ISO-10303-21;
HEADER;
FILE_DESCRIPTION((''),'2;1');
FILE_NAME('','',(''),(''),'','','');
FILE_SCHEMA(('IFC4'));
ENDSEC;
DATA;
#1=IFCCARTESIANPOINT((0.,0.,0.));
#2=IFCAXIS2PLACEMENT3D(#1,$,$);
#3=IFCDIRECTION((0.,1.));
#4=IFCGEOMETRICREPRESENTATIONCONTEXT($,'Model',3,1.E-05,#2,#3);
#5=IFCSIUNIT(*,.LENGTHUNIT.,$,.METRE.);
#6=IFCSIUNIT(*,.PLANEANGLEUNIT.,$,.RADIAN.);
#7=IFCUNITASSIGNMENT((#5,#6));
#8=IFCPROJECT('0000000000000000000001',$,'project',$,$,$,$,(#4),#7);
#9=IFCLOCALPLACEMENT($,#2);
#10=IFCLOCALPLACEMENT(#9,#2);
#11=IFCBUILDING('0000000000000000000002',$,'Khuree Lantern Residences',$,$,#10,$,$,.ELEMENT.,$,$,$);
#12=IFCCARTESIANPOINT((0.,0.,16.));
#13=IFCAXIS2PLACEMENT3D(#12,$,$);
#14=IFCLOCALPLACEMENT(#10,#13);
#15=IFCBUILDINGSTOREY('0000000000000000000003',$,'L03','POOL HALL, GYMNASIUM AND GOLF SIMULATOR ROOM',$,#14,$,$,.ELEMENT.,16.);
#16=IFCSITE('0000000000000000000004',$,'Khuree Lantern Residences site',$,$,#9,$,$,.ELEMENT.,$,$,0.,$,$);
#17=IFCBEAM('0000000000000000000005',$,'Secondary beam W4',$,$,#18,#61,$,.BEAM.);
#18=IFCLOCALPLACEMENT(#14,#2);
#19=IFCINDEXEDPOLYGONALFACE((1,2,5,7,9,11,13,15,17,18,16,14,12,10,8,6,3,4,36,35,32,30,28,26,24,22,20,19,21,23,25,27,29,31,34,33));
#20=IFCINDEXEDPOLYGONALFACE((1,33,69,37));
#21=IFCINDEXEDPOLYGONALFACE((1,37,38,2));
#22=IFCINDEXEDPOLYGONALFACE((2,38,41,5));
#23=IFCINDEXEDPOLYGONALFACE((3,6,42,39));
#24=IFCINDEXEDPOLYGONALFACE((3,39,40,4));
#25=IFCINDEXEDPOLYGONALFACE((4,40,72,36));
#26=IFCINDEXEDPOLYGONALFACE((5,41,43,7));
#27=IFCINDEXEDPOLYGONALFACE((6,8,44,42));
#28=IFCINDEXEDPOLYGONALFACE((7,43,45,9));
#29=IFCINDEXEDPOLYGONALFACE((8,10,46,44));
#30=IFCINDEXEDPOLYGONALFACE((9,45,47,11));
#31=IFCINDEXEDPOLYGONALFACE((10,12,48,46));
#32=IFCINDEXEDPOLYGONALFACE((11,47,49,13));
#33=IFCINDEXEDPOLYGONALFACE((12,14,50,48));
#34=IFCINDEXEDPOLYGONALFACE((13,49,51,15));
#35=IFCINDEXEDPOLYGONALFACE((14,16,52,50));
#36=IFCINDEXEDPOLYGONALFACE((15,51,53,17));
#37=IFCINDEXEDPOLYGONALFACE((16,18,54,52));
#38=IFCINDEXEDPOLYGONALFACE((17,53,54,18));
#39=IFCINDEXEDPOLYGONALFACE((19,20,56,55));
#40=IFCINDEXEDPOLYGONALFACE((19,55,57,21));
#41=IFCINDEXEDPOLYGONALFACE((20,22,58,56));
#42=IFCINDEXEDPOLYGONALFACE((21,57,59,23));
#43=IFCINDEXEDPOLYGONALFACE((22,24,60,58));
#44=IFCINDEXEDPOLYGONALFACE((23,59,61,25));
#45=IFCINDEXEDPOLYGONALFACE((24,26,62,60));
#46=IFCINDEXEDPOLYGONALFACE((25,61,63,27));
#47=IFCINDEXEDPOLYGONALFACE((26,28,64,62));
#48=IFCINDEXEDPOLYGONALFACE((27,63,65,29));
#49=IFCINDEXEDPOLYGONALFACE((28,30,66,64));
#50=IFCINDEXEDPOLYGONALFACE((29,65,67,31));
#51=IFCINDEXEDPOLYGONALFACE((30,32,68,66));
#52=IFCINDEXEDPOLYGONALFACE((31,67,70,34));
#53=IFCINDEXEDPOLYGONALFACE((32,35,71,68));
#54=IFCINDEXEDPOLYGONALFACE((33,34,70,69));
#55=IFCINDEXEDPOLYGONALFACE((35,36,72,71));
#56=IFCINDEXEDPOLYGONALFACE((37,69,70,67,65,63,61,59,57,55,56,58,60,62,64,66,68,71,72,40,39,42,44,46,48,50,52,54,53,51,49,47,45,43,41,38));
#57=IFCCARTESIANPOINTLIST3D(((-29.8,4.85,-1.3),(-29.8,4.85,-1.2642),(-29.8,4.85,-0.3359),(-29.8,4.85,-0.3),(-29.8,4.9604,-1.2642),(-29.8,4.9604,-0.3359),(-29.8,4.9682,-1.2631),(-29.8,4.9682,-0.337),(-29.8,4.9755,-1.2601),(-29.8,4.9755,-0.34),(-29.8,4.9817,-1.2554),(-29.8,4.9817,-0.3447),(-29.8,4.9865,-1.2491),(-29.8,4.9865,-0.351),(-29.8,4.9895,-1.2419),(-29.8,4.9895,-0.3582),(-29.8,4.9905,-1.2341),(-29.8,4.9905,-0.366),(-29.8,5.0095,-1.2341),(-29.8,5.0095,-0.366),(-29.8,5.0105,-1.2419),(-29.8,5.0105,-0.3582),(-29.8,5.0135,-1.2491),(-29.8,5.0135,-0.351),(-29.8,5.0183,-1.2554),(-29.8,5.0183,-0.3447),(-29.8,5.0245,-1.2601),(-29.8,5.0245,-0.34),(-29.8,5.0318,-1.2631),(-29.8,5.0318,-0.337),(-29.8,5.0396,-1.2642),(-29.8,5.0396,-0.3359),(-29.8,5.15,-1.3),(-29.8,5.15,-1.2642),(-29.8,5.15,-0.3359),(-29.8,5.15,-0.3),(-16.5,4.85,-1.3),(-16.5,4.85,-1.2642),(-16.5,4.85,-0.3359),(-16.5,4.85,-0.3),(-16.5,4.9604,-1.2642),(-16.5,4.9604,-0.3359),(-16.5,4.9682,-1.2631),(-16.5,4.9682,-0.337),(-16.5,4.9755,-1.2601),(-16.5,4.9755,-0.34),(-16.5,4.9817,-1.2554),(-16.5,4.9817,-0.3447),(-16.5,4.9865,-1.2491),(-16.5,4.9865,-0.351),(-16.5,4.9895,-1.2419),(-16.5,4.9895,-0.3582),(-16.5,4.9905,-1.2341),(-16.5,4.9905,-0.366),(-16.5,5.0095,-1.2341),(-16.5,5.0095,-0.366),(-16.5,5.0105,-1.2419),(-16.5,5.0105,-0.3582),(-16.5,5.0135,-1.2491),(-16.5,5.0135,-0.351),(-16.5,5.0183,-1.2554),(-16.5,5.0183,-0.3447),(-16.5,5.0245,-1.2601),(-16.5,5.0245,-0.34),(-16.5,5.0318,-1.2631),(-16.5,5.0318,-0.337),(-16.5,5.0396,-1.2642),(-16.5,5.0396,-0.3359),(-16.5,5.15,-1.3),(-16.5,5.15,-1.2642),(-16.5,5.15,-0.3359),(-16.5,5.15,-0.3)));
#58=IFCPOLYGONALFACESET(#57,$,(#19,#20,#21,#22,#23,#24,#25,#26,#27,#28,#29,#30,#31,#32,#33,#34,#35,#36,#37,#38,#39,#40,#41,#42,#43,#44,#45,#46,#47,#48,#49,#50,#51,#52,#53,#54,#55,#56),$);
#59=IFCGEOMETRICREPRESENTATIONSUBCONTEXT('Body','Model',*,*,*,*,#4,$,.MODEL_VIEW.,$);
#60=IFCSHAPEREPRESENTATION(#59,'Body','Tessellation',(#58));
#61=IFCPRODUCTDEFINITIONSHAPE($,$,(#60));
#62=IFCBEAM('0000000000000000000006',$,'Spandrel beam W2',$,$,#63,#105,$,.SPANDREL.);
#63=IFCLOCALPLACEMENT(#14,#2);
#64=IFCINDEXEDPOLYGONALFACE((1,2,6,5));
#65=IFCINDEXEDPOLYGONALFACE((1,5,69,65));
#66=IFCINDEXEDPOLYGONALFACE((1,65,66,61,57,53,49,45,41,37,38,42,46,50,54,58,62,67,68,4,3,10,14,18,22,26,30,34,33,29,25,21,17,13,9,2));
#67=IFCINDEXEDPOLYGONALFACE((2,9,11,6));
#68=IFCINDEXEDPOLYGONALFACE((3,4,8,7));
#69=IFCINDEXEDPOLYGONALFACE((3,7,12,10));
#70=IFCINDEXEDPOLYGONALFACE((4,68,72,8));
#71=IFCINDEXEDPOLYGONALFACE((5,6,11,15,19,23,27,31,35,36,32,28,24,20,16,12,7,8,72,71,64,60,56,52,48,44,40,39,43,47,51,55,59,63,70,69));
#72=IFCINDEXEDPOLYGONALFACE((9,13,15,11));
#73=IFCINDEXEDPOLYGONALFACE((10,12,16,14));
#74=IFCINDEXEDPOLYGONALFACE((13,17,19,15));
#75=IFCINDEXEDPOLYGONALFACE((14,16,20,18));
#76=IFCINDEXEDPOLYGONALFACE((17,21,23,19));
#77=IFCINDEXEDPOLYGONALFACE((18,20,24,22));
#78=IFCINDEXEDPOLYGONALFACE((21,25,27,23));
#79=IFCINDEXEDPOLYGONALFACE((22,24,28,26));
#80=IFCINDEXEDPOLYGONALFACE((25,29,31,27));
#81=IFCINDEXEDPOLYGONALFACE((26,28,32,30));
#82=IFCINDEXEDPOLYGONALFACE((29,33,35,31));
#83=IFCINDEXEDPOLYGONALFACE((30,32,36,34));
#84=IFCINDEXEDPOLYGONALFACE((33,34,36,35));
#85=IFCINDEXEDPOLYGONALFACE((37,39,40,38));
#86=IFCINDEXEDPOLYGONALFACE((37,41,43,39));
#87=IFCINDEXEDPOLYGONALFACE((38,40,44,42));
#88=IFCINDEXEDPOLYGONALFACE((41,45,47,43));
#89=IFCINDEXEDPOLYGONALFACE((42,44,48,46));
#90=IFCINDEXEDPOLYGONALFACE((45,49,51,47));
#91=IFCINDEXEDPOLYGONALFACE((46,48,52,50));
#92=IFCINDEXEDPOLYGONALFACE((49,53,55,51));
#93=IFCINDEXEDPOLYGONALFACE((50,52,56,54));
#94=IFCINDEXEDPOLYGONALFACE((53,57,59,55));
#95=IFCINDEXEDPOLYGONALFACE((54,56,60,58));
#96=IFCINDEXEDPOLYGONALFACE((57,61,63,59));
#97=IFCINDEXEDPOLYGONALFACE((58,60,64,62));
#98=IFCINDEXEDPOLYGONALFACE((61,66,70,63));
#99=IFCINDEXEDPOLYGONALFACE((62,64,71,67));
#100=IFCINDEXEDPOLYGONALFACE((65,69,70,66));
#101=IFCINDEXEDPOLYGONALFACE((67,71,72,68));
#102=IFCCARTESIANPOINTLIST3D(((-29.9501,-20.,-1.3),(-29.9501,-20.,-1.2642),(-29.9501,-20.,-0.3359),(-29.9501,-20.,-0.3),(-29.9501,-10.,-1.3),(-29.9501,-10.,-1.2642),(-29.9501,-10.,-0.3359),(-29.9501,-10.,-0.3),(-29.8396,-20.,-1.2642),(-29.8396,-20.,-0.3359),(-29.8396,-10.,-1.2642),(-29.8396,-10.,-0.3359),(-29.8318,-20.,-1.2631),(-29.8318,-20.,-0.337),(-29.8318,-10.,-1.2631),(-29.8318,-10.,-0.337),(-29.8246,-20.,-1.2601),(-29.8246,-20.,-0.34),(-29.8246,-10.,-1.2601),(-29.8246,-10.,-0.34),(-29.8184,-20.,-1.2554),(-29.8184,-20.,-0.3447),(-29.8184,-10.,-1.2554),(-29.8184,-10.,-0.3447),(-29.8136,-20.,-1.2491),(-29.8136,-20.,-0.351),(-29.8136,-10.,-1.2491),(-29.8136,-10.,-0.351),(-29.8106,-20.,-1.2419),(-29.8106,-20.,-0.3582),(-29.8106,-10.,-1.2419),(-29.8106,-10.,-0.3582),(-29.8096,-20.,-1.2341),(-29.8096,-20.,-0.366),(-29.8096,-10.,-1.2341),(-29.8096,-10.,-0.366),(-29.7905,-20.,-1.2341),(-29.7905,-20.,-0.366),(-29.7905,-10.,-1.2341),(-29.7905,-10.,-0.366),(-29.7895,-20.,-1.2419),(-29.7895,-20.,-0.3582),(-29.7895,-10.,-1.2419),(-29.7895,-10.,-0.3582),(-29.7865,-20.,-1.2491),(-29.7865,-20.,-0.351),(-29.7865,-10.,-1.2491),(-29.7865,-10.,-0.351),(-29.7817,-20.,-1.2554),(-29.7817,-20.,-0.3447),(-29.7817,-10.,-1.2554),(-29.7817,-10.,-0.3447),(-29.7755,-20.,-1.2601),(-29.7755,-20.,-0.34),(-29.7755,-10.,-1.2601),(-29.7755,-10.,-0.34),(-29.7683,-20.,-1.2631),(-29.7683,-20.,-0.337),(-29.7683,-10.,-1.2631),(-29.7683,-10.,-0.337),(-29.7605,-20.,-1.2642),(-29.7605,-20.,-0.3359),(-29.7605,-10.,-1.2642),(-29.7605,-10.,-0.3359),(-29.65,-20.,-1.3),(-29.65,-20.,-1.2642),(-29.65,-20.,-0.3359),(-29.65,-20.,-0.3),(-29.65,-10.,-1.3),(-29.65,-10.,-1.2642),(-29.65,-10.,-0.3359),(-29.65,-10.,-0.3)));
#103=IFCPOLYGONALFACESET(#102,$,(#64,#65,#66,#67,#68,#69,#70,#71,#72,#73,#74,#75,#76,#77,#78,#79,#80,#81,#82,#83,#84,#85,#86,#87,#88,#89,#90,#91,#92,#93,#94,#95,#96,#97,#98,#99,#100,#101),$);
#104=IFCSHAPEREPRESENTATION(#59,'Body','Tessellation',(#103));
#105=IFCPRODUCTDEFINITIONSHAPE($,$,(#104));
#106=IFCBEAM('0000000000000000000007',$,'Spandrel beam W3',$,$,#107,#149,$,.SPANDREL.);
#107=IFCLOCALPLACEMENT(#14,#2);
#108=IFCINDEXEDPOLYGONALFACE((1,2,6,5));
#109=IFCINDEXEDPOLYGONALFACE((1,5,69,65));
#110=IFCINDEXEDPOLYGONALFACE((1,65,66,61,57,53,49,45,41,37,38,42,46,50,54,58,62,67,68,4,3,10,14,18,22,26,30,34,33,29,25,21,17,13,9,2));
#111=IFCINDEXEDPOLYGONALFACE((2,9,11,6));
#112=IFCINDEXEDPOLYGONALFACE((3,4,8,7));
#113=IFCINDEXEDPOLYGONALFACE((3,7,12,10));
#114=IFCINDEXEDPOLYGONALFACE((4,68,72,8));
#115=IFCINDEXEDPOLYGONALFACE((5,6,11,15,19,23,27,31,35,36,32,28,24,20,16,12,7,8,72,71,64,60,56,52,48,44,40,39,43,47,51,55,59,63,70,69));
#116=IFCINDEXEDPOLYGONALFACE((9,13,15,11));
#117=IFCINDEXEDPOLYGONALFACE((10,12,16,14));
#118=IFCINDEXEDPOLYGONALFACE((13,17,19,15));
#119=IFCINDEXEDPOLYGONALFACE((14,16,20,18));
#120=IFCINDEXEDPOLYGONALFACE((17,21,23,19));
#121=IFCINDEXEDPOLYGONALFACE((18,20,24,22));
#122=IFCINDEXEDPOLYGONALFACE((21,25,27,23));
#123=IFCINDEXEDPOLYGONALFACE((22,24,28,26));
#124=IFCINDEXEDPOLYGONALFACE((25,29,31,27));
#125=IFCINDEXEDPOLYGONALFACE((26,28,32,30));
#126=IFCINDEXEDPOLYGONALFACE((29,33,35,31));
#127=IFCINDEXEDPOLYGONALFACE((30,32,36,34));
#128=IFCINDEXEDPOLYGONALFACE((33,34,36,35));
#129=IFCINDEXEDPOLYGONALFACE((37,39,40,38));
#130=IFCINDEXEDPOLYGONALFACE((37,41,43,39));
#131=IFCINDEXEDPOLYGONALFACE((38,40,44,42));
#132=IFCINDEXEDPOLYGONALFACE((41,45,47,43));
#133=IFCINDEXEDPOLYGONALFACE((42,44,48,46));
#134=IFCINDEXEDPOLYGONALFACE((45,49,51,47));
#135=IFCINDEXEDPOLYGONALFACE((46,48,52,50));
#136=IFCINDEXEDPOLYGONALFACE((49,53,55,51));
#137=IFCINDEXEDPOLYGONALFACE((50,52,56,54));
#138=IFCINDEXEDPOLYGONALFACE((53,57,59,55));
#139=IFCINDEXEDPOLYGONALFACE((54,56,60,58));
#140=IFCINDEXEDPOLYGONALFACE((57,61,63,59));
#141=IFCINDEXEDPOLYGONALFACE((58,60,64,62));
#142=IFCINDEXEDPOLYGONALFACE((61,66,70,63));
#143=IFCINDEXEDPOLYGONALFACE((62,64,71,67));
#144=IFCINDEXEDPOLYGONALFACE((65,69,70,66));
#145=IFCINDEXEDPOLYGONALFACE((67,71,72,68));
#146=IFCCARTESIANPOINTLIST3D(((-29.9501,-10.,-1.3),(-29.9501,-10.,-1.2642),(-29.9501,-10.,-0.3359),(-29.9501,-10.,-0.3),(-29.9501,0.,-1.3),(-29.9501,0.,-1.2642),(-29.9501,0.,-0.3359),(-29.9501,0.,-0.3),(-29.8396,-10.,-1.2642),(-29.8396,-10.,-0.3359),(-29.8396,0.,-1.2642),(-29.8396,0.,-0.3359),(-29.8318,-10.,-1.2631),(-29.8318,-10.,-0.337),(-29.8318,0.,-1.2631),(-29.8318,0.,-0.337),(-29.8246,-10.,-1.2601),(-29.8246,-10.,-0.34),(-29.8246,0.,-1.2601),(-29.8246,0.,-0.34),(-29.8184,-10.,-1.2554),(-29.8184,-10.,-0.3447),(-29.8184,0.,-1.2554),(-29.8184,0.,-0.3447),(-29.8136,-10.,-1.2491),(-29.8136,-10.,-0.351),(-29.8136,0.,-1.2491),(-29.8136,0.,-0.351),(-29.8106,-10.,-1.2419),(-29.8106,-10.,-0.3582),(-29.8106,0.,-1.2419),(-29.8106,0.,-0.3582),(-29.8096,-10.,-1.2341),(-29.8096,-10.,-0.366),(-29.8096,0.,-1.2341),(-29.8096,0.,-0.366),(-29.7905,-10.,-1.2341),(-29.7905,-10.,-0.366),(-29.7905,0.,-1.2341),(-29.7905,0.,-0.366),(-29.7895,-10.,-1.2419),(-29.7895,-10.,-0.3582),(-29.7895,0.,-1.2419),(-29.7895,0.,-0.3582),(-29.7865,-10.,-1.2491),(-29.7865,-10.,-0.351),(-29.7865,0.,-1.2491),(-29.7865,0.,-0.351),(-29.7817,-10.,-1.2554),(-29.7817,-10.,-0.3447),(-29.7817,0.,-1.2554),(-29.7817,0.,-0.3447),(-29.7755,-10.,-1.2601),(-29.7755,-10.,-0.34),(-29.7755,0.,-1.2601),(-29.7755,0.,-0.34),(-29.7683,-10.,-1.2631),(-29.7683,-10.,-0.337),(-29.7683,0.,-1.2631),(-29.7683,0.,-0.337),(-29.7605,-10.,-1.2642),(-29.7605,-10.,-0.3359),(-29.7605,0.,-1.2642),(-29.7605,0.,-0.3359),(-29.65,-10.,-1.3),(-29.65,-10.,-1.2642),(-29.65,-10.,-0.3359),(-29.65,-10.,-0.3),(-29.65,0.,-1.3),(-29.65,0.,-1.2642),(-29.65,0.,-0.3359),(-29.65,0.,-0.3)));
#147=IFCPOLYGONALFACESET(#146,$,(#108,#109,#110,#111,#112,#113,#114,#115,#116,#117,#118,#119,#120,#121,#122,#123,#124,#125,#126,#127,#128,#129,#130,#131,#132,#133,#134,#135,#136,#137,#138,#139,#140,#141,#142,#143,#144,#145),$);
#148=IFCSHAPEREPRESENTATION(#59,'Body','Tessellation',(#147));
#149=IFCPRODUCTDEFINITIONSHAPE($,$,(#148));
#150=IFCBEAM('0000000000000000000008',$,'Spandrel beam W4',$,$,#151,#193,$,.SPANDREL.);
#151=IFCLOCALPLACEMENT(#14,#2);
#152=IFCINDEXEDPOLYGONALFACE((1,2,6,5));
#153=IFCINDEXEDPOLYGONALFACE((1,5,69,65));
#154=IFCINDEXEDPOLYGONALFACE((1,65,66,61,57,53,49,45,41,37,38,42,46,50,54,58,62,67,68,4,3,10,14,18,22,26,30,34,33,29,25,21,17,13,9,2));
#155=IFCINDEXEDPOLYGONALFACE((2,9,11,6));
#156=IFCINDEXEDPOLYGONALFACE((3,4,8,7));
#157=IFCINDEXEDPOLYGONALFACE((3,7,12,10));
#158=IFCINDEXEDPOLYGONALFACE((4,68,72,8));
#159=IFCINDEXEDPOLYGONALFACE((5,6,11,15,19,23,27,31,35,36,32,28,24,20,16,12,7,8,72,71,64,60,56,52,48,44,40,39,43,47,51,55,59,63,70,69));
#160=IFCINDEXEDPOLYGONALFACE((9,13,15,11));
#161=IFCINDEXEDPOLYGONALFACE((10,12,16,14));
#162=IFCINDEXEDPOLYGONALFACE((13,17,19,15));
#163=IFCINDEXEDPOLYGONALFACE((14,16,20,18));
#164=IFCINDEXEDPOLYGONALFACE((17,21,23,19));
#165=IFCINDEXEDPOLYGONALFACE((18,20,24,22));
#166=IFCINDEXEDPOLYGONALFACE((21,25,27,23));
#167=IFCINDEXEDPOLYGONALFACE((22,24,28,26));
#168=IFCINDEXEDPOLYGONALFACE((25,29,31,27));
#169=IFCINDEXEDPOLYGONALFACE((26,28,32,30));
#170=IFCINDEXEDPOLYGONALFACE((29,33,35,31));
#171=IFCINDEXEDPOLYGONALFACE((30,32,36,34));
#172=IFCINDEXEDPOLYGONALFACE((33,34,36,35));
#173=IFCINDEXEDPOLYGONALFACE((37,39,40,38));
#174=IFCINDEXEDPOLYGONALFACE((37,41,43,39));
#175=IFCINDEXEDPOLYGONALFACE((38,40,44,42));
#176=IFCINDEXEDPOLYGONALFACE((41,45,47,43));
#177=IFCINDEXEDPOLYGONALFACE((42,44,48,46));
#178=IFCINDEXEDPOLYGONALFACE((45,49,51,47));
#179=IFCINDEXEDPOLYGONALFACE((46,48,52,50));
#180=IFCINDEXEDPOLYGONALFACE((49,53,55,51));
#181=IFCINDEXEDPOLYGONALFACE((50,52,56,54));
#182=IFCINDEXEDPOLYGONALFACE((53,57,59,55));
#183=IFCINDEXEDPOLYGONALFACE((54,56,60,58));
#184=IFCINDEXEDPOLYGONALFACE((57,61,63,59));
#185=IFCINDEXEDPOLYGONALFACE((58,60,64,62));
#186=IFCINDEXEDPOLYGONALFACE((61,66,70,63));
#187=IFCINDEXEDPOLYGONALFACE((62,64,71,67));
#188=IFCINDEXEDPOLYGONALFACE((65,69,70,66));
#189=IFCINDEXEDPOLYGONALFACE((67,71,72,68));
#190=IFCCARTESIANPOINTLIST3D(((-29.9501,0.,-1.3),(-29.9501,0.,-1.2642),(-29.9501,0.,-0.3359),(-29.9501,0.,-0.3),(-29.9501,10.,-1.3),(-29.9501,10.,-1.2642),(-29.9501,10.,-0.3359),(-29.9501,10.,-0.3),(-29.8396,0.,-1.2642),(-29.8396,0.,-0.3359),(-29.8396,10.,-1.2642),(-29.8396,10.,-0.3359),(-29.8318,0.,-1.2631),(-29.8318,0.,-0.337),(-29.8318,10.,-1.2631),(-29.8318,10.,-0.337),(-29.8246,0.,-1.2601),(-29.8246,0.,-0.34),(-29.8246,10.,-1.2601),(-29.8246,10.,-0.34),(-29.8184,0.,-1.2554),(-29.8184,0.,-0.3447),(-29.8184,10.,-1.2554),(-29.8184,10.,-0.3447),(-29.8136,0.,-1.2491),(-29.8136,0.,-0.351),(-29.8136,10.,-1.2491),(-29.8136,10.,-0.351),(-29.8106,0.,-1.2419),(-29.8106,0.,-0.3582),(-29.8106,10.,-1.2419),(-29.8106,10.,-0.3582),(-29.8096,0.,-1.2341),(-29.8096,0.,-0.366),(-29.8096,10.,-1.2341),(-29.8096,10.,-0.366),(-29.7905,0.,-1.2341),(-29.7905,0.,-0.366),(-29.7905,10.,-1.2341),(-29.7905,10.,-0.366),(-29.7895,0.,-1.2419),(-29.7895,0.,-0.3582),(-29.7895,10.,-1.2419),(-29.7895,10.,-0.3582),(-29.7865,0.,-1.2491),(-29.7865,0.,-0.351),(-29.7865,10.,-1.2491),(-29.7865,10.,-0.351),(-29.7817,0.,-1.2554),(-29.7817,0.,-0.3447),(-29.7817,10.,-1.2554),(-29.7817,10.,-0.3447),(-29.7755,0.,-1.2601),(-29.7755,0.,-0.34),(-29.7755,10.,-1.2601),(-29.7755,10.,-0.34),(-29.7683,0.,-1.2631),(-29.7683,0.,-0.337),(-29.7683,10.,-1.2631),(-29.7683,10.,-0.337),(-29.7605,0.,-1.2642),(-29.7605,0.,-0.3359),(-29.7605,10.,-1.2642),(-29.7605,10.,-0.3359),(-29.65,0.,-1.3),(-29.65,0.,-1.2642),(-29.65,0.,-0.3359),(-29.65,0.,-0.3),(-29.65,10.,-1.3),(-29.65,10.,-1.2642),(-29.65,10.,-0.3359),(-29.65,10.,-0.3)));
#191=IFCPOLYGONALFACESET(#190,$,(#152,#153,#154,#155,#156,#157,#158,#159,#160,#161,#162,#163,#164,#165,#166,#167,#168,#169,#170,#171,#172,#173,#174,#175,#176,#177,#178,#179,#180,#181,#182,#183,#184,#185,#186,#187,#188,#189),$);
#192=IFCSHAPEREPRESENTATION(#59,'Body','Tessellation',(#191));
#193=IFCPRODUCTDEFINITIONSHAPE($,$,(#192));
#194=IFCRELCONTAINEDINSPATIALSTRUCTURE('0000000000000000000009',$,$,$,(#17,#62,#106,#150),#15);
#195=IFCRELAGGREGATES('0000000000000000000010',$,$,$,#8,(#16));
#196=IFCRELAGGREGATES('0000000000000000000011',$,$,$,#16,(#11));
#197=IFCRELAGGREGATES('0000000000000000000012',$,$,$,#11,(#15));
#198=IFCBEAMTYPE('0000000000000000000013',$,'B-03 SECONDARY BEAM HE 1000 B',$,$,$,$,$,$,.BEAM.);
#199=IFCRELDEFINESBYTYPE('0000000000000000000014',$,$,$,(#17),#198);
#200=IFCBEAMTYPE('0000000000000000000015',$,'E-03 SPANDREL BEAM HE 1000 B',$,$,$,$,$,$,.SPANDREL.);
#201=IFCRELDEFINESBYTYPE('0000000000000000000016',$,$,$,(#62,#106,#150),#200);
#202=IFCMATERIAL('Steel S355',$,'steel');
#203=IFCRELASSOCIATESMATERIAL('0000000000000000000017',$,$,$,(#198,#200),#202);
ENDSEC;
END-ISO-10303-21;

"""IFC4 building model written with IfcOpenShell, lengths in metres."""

from ifc_helpers import new_model, si_unit, direction, frame, origin, origin_2d, place, context, subcontext, project, spatial, i_section, extrude, material, material_profile, profile_set, type_object, element, save


model = new_model("IFC4")

# Units and contexts
model_context = context("Model", 3, precision=1e-05, world=origin(), true_north=direction((0.0, 1.0)))
body_context = subcontext(model_context, "Body", "Model", "MODEL_VIEW")
ifc_project = project(units=[si_unit("LENGTHUNIT", "METRE"), si_unit("PLANEANGLEUNIT", "RADIAN")], contexts=[model_context])

# Site, building, storey
site_placement = place(None, origin())
site = spatial("IfcSite", under=ifc_project, at=site_placement, Name="Khuree Lantern Residences site", CompositionType="ELEMENT", RefElevation=0.0)
building_placement = place(site_placement, origin())
building = spatial("IfcBuilding", under=site, at=building_placement, Name="Khuree Lantern Residences", CompositionType="ELEMENT")
storey_placement = place(building_placement, frame((0.0, 0.0, 16.0)))
storey = spatial("IfcBuildingStorey", under=building, at=storey_placement, Name="L03", Description="POOL HALL, GYMNASIUM AND GOLF SIMULATOR ROOM", CompositionType="ELEMENT", Elevation=16.0)

# Beams
ifc_material_1 = material(Name="Steel S355", Category="steel")
ifc_material_profile_1 = material_profile(ifc_material_1, i_section(OverallWidth=0.3, OverallDepth=1.0, WebThickness=0.019, FlangeThickness=0.0359, FilletRadius=0.03, at=origin_2d()), Name="HE 1000 B")
ifc_profile_set_1 = profile_set([ifc_material_profile_1], Name="Steel S355")
beam_type_1 = type_object("IfcBeamType", Name="B-03 SECONDARY BEAM HE 1000 B", PredefinedType="BEAM", material=ifc_profile_set_1)
for number, where, z_axis, x_axis, name in (
    (1, (-29.8, 5.0, -0.8), (1.0, 0.0, 0.0), (0.0, 1.0, 0.0), "Secondary beam W4"),
):
    element("IfcBeam", number, at=place(storey_placement, frame(where, z_axis=z_axis, x_axis=x_axis)), inside=storey, type_object=beam_type_1, Name=name, PredefinedType="BEAM", context=body_context, shape_type="SweptSolid", body=[
        extrude(i_section(OverallWidth=0.3, OverallDepth=1.0, WebThickness=0.019, FlangeThickness=0.0359, FilletRadius=0.03, at=origin_2d()), origin(), (0.0, 0.0, 1.0), 13.3),
    ])
ifc_material_profile_2 = material_profile(ifc_material_1, i_section(OverallWidth=0.3, OverallDepth=1.0, WebThickness=0.019, FlangeThickness=0.0359, FilletRadius=0.03, at=origin_2d()), Name="HE 1000 B")
ifc_profile_set_2 = profile_set([ifc_material_profile_2], Name="Steel S355")
beam_type_2 = type_object("IfcBeamType", Name="E-03 SPANDREL BEAM HE 1000 B", PredefinedType="SPANDREL", material=ifc_profile_set_2)
for number, where, z_axis, x_axis, name in (
    (2, (-29.8, -20.0, -0.8), (0.0, 1.0, 0.0), (-1.0, 0.0, 0.0), "Spandrel beam W2"),
    (3, (-29.8, -10.0, -0.8), (0.0, 1.0, 0.0), (-1.0, 0.0, 0.0), "Spandrel beam W3"),
    (4, (-29.8, 0.0, -0.8), (0.0, 1.0, 0.0), (-1.0, 0.0, 0.0), "Spandrel beam W4"),
):
    element("IfcBeam", number, at=place(storey_placement, frame(where, z_axis=z_axis, x_axis=x_axis)), inside=storey, type_object=beam_type_2, Name=name, PredefinedType="SPANDREL", context=body_context, shape_type="SweptSolid", body=[
        extrude(i_section(OverallWidth=0.3, OverallDepth=1.0, WebThickness=0.019, FlangeThickness=0.0359, FilletRadius=0.03, at=origin_2d()), origin(), (0.0, 0.0, 1.0), 10.0),
    ])

save(model, "model.ifc")
